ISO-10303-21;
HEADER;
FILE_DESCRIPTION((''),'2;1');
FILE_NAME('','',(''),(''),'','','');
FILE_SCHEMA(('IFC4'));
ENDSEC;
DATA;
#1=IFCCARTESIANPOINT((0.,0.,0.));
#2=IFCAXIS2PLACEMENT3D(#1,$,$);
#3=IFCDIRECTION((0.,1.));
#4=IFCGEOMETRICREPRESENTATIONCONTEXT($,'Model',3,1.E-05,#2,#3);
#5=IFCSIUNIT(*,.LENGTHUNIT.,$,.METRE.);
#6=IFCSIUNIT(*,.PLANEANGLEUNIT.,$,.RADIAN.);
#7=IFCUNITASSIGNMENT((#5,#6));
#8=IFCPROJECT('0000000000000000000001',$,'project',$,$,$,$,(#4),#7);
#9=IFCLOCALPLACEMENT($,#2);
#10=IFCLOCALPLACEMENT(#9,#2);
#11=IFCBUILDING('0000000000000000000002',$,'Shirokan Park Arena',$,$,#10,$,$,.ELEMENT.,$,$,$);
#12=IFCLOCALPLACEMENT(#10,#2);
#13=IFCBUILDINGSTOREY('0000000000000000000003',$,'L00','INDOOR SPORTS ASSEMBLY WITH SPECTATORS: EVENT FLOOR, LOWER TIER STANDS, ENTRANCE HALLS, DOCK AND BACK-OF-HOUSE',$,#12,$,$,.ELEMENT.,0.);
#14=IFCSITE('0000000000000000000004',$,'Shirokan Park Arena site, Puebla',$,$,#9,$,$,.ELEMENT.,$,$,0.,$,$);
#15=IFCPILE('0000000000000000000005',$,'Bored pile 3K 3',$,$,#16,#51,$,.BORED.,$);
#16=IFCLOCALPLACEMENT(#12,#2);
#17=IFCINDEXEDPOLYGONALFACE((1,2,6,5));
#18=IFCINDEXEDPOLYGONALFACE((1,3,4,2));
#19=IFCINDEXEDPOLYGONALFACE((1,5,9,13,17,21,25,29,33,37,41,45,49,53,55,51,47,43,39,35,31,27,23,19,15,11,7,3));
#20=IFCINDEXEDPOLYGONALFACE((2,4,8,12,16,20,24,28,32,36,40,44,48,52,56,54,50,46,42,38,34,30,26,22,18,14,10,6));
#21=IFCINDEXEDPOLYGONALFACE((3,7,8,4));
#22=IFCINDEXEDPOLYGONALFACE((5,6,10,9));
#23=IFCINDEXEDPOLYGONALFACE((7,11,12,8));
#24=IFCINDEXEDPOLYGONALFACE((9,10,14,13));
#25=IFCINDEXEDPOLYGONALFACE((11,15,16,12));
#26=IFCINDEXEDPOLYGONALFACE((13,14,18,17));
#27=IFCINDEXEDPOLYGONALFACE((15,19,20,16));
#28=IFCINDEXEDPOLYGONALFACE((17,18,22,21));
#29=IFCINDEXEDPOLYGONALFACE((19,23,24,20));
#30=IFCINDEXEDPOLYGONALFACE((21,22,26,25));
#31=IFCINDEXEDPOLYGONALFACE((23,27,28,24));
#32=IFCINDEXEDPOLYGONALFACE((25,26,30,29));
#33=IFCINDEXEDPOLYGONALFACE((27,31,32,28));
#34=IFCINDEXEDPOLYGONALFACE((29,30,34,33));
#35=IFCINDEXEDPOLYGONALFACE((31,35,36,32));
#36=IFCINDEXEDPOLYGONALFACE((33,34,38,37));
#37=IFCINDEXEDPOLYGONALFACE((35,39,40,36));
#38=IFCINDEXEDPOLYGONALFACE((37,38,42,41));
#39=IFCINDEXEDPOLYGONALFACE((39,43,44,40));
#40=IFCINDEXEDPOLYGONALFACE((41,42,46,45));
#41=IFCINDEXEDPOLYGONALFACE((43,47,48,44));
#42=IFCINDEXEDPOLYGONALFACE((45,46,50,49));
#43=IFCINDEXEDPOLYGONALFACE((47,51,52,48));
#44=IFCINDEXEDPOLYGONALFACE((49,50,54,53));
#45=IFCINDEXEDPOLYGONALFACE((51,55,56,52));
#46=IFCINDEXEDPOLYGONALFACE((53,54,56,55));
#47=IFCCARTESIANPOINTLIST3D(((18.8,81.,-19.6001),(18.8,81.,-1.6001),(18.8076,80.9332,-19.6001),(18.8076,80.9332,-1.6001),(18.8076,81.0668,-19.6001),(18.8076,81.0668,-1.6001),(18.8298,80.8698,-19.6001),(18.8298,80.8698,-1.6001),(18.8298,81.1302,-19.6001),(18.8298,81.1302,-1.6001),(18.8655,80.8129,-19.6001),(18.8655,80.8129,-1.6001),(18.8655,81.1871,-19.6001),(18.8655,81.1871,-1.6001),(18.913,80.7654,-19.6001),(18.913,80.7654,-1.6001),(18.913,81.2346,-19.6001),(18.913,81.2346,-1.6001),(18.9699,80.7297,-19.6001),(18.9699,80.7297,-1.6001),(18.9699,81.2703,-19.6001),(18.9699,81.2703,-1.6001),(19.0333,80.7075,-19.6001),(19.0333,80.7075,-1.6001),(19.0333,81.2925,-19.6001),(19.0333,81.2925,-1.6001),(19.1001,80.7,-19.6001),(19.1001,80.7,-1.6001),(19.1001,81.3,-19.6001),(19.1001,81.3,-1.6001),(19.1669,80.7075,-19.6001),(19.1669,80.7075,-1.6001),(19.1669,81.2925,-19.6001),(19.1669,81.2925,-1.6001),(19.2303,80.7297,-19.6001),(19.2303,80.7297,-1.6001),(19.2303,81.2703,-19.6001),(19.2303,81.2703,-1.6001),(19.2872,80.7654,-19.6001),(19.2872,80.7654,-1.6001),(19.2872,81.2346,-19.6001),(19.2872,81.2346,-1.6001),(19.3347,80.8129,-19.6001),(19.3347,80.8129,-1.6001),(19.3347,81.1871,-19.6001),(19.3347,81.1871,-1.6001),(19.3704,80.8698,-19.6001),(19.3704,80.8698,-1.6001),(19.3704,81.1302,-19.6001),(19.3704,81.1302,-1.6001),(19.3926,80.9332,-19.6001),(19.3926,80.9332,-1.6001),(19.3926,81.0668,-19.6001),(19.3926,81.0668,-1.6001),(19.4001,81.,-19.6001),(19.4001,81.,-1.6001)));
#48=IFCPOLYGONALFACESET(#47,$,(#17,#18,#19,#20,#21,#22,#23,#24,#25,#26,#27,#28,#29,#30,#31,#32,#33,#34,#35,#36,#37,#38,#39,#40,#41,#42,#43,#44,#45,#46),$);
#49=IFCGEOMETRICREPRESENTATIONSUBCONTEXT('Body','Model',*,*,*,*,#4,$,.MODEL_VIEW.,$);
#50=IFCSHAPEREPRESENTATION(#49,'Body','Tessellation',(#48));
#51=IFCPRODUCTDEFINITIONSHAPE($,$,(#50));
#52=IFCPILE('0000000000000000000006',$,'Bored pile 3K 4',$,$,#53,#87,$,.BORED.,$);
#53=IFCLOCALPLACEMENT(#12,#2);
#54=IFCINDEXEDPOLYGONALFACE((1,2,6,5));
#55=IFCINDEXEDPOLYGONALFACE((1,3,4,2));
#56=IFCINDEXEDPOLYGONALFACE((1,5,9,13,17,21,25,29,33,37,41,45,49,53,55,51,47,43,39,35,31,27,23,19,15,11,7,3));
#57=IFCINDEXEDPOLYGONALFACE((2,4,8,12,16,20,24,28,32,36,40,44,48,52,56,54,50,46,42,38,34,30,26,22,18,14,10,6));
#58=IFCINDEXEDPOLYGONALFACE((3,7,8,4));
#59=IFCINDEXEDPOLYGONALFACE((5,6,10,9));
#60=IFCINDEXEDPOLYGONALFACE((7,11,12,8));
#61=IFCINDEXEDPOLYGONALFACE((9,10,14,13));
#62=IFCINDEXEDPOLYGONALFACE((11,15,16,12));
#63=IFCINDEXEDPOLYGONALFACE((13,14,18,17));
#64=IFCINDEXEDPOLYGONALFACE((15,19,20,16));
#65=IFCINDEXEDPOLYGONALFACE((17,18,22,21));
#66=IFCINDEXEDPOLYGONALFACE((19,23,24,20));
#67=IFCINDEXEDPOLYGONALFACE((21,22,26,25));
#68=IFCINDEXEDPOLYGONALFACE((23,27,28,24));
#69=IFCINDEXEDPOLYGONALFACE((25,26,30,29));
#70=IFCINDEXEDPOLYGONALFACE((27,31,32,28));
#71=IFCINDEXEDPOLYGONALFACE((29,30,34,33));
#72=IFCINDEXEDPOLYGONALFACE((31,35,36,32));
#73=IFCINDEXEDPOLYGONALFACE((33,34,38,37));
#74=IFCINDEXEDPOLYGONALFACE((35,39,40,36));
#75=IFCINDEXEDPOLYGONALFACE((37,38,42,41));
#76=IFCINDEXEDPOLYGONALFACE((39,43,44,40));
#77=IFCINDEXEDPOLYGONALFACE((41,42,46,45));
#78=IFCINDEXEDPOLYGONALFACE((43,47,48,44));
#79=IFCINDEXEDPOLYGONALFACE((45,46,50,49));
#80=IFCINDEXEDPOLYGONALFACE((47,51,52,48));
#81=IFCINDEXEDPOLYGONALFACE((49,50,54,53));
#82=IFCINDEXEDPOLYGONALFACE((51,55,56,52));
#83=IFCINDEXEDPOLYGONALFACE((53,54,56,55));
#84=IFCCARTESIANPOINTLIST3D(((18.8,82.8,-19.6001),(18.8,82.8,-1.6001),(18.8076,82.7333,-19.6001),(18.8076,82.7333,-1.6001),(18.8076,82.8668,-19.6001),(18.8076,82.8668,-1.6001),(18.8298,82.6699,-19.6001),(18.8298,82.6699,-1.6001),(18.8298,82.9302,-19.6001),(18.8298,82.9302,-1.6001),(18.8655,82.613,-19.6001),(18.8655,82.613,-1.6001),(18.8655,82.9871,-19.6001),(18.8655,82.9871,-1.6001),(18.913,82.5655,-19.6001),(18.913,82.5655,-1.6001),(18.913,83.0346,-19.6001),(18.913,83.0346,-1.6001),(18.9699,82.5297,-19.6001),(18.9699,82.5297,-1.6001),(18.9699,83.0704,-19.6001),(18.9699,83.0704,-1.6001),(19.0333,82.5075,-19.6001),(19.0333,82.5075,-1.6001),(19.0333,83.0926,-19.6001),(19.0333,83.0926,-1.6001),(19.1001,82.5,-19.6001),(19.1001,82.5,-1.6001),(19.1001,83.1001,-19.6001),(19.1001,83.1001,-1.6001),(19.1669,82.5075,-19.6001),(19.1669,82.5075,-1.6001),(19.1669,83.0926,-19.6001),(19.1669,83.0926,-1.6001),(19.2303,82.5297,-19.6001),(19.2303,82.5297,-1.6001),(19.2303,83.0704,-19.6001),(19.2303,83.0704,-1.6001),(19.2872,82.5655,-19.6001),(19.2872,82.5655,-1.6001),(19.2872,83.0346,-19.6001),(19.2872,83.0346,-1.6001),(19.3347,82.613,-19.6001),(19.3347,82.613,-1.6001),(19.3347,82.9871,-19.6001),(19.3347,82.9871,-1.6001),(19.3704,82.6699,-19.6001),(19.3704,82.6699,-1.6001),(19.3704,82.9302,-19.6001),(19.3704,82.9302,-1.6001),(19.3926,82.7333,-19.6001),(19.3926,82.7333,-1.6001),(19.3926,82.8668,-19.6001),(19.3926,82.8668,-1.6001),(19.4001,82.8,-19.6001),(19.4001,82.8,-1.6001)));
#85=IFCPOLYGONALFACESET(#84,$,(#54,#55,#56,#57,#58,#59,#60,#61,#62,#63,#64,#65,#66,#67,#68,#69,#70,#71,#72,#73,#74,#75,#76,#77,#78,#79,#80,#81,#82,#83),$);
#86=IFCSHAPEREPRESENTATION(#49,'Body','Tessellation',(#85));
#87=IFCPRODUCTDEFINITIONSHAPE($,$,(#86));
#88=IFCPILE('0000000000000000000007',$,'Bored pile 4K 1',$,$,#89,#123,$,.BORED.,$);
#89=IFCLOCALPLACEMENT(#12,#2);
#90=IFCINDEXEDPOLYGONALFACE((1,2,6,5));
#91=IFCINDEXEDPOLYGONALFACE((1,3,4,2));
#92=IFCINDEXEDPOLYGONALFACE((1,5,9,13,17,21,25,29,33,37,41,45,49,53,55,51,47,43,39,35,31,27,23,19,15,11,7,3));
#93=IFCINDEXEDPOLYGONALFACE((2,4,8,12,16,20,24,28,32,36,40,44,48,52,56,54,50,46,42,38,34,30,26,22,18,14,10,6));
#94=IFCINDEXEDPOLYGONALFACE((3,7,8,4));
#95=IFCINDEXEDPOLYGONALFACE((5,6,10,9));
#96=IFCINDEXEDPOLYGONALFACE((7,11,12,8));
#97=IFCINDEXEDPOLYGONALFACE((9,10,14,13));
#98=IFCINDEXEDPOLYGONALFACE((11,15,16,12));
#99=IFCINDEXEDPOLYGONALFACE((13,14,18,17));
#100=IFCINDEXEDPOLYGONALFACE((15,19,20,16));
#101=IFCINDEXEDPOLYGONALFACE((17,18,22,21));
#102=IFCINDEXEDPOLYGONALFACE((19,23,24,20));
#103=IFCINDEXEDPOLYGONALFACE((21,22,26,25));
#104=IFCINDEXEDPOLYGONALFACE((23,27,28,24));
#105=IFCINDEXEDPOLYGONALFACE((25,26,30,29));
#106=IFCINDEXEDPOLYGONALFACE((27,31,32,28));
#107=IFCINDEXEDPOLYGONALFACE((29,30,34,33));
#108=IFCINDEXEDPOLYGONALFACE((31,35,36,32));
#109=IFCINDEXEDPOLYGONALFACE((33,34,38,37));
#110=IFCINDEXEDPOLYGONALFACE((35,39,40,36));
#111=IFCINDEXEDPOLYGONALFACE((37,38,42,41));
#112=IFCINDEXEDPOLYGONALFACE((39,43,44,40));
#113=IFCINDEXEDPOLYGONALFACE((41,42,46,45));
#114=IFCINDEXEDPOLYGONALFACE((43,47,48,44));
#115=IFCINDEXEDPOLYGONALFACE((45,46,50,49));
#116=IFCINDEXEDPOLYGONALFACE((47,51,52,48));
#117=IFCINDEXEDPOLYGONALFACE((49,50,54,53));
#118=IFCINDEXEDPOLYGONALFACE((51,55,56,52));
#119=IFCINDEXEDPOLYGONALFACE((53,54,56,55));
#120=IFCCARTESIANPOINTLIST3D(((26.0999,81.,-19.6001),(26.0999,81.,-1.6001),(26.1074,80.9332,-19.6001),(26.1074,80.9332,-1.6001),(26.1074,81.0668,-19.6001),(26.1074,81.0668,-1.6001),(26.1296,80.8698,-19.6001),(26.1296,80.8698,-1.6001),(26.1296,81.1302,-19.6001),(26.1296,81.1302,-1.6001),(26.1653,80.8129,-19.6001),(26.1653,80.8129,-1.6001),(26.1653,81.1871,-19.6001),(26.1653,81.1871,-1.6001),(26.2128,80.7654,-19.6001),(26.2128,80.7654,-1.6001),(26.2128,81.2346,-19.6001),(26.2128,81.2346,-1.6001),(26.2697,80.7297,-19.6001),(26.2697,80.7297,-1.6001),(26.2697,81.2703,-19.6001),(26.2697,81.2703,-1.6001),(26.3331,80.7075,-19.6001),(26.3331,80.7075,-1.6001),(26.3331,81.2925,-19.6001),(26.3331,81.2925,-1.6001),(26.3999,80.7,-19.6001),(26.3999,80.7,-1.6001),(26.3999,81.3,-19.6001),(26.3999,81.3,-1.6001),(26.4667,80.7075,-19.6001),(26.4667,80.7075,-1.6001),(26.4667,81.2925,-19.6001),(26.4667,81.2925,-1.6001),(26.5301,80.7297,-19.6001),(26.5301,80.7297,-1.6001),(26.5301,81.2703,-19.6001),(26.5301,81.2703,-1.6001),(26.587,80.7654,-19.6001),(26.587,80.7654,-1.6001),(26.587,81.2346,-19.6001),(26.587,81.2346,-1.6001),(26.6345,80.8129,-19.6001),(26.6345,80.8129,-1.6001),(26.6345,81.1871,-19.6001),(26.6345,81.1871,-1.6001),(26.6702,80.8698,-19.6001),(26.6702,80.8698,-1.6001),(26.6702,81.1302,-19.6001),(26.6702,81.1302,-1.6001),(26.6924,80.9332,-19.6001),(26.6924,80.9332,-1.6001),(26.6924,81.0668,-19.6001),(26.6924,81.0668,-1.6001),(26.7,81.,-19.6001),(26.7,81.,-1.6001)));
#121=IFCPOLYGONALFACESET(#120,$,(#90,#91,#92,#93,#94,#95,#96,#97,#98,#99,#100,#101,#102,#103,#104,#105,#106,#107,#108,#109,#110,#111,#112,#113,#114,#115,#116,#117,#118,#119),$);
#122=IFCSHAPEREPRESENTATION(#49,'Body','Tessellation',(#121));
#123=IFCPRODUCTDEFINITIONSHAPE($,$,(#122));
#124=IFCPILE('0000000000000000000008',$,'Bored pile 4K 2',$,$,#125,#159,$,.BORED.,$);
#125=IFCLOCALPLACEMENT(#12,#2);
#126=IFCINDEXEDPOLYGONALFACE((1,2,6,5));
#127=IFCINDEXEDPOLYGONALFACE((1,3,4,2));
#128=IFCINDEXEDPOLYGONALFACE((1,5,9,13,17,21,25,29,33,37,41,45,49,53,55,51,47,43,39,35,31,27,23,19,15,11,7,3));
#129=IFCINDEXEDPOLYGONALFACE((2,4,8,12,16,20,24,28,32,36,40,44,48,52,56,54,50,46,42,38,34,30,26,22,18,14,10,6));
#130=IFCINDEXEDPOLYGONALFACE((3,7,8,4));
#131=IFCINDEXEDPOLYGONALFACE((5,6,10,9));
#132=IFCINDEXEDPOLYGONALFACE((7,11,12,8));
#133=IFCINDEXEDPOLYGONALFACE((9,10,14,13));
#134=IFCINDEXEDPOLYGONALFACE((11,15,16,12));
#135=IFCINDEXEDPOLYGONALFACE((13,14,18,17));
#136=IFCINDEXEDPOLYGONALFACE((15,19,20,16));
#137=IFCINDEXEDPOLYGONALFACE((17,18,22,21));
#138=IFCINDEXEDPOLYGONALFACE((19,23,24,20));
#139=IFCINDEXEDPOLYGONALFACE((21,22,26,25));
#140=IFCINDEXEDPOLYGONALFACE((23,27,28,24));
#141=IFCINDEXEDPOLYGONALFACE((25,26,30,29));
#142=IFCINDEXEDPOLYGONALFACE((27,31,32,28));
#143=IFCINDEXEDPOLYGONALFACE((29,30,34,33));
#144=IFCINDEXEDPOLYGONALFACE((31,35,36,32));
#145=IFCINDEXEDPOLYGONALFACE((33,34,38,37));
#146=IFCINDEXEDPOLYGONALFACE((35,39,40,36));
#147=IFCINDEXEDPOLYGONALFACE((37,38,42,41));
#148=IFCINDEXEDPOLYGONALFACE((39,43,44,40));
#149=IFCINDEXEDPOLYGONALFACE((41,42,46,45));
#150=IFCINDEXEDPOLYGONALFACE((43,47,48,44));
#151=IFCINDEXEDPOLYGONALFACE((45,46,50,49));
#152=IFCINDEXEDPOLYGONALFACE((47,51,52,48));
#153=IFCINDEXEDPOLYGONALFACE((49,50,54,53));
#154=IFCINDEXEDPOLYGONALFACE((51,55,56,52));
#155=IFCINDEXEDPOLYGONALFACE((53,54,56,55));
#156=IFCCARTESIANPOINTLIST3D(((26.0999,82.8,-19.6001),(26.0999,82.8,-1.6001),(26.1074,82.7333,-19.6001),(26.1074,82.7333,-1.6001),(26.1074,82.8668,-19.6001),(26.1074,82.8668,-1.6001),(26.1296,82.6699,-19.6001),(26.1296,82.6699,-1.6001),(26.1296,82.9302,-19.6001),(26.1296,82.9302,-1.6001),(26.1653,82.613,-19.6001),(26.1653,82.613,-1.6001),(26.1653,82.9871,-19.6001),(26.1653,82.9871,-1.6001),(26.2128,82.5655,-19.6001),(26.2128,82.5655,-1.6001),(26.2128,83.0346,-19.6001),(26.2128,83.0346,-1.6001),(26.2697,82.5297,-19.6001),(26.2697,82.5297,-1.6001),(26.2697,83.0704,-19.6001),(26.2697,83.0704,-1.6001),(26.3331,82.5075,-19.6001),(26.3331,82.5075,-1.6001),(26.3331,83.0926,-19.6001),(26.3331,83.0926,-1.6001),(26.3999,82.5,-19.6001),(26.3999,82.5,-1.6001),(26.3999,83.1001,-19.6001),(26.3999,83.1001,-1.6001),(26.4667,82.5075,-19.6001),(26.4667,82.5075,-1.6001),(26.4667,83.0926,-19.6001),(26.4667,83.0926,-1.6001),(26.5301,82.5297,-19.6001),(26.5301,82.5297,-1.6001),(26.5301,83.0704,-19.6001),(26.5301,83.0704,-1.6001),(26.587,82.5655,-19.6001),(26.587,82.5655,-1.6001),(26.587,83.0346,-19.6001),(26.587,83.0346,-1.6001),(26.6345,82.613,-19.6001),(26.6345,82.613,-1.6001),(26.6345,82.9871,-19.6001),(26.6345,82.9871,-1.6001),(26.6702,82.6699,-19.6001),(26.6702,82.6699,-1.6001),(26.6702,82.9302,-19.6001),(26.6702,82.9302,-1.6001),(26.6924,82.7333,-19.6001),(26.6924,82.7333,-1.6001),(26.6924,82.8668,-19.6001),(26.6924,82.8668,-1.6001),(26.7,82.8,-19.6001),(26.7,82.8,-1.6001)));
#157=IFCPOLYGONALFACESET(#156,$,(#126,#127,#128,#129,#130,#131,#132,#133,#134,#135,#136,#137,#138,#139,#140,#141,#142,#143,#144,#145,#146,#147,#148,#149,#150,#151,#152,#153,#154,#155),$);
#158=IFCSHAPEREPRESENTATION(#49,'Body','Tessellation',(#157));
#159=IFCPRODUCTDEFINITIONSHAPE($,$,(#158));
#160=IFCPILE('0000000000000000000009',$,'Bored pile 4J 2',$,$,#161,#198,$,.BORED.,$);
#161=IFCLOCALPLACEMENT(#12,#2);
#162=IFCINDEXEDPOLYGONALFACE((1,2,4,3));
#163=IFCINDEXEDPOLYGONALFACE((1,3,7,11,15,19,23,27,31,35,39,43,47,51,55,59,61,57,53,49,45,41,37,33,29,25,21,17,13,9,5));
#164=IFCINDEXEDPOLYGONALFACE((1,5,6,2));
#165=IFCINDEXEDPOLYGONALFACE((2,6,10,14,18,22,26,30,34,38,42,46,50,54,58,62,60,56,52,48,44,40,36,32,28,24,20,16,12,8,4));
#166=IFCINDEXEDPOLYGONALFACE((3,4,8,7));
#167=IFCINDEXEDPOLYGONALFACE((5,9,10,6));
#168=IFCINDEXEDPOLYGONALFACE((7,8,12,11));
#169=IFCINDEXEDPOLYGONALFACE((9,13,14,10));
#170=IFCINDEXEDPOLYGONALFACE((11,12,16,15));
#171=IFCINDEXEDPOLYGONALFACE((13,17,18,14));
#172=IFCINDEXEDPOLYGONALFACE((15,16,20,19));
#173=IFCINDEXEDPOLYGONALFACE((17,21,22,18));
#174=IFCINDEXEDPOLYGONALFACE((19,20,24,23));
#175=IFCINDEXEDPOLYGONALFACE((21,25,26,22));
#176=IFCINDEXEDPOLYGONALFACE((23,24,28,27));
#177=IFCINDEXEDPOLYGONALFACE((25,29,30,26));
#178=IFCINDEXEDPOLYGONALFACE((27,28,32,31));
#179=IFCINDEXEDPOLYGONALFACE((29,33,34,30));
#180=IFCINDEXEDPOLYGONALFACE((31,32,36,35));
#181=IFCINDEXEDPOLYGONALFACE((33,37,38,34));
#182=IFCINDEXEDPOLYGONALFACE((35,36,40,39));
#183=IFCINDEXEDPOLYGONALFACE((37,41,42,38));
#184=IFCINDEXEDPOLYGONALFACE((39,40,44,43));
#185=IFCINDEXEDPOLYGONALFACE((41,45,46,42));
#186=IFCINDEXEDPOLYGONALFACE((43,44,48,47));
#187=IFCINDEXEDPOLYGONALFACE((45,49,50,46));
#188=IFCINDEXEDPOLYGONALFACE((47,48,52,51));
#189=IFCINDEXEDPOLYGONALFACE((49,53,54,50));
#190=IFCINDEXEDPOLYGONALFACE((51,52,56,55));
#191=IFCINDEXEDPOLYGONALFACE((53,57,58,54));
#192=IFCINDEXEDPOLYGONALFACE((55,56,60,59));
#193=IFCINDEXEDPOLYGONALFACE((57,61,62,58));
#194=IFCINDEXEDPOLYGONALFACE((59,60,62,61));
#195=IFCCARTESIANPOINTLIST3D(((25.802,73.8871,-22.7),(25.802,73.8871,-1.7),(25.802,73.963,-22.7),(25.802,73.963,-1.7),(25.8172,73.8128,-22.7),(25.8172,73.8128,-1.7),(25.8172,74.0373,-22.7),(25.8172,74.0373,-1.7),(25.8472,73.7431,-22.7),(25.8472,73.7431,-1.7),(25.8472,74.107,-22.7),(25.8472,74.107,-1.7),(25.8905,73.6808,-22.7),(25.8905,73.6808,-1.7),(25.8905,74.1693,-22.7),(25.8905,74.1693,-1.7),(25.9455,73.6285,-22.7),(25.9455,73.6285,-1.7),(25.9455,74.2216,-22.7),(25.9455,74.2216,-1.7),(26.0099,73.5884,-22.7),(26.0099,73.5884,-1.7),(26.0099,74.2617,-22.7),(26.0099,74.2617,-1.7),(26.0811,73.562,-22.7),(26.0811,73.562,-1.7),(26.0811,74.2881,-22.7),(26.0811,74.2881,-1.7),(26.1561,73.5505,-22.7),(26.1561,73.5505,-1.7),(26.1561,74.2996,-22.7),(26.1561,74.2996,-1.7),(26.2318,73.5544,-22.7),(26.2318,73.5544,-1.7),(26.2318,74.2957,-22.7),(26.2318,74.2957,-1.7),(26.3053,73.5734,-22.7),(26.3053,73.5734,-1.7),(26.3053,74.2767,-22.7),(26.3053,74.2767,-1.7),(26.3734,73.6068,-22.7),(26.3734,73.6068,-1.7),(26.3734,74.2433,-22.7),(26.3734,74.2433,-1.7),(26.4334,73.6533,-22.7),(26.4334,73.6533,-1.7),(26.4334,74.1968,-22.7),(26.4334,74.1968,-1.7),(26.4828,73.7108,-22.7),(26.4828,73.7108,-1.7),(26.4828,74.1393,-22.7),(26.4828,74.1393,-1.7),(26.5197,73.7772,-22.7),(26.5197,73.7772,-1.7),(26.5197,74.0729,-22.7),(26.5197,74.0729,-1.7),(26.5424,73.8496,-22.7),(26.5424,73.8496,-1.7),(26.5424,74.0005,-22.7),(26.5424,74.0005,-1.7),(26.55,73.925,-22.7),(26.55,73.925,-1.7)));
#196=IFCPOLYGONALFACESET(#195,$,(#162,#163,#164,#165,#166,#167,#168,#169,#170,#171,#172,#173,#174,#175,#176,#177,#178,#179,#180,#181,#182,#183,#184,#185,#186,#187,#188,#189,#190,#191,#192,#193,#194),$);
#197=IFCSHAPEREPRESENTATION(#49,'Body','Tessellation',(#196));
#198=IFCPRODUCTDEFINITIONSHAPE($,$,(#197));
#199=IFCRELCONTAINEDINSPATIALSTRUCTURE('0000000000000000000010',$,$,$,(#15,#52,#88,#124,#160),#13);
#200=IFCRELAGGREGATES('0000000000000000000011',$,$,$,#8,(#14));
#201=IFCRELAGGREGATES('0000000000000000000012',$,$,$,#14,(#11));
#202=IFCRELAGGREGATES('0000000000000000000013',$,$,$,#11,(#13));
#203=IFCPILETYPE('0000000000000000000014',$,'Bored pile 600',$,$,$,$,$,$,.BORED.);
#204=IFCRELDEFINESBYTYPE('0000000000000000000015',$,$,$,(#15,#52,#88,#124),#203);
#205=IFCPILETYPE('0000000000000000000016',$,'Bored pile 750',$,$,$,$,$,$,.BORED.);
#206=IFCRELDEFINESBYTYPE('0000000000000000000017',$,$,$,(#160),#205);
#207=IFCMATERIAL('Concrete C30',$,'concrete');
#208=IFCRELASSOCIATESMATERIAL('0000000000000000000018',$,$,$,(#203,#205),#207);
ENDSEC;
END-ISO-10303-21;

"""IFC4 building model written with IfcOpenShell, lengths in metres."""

from ifc_helpers import new_model, si_unit, direction, frame, origin, origin_2d, place, context, subcontext, project, spatial, circle, extrude, material, material_profile, profile_set, type_object, element, save


model = new_model("IFC4")

# Units and contexts
model_context = context("Model", 3, precision=1e-05, world=origin(), true_north=direction((0.0, 1.0)))
body_context = subcontext(model_context, "Body", "Model", "MODEL_VIEW")
ifc_project = project(units=[si_unit("LENGTHUNIT", "METRE"), si_unit("PLANEANGLEUNIT", "RADIAN")], contexts=[model_context])

# Site, building, storey
site_placement = place(None, origin())
site = spatial("IfcSite", under=ifc_project, at=site_placement, Name="Shirokan Park Arena site, Puebla", CompositionType="ELEMENT", RefElevation=0.0)
building_placement = place(site_placement, origin())
building = spatial("IfcBuilding", under=site, at=building_placement, Name="Shirokan Park Arena", CompositionType="ELEMENT")
storey_placement = place(building_placement, origin())
storey = spatial("IfcBuildingStorey", under=building, at=storey_placement, Name="L00", Description="INDOOR SPORTS ASSEMBLY WITH SPECTATORS: EVENT FLOOR, LOWER TIER STANDS, ENTRANCE HALLS, DOCK AND BACK-OF-HOUSE", CompositionType="ELEMENT", Elevation=0.0)

# Piles
ifc_material_1 = material(Name="Concrete C30", Category="concrete")
ifc_material_profile_1 = material_profile(ifc_material_1, circle(Radius=0.3, at=origin_2d()), Name="D600")
ifc_profile_set_1 = profile_set([ifc_material_profile_1], Name="Concrete C30")
pile_type_1 = type_object("IfcPileType", Name="Bored pile 600", PredefinedType="BORED", material=ifc_profile_set_1)
for number, where, z_axis, x_axis, name in (
    (1, (19.1001, 81.0, -1.6001), (0.0, 0.0, -1.0), (1.0, 0.0, 0.0), "Bored pile 3K 3"),
    (2, (19.1001, 82.8, -1.6001), (0.0, 0.0, -1.0), (1.0, 0.0, 0.0), "Bored pile 3K 4"),
    (3, (26.3999, 81.0, -1.6001), (0.0, 0.0, -1.0), (1.0, 0.0, 0.0), "Bored pile 4K 1"),
    (4, (26.3999, 82.8, -1.6001), (0.0, 0.0, -1.0), (1.0, 0.0, 0.0), "Bored pile 4K 2"),
):
    element("IfcPile", number, at=place(storey_placement, frame(where, z_axis=z_axis, x_axis=x_axis)), inside=storey, type_object=pile_type_1, Name=name, PredefinedType="BORED", context=body_context, shape_type="SweptSolid", body=[
        extrude(circle(Radius=0.3, at=origin_2d()), origin(), (0.0, 0.0, 1.0), 18.0),
    ])
ifc_material_profile_2 = material_profile(ifc_material_1, circle(Radius=0.375, at=origin_2d()), Name="D750")
ifc_profile_set_2 = profile_set([ifc_material_profile_2], Name="Concrete C30")
pile_type_2 = type_object("IfcPileType", Name="Bored pile 750", PredefinedType="BORED", material=ifc_profile_set_2)
for number, where, z_axis, x_axis, name in (
    (5, (26.175, 73.925, -1.7), (0.0, 0.0, -1.0), (1.0, 0.0, 0.0), "Bored pile 4J 2"),
):
    element("IfcPile", number, at=place(storey_placement, frame(where, z_axis=z_axis, x_axis=x_axis)), inside=storey, type_object=pile_type_2, Name=name, PredefinedType="BORED", context=body_context, shape_type="SweptSolid", body=[
        extrude(circle(Radius=0.375, at=origin_2d()), origin(), (0.0, 0.0, 1.0), 21.0),
    ])

save(model, "model.ifc")
